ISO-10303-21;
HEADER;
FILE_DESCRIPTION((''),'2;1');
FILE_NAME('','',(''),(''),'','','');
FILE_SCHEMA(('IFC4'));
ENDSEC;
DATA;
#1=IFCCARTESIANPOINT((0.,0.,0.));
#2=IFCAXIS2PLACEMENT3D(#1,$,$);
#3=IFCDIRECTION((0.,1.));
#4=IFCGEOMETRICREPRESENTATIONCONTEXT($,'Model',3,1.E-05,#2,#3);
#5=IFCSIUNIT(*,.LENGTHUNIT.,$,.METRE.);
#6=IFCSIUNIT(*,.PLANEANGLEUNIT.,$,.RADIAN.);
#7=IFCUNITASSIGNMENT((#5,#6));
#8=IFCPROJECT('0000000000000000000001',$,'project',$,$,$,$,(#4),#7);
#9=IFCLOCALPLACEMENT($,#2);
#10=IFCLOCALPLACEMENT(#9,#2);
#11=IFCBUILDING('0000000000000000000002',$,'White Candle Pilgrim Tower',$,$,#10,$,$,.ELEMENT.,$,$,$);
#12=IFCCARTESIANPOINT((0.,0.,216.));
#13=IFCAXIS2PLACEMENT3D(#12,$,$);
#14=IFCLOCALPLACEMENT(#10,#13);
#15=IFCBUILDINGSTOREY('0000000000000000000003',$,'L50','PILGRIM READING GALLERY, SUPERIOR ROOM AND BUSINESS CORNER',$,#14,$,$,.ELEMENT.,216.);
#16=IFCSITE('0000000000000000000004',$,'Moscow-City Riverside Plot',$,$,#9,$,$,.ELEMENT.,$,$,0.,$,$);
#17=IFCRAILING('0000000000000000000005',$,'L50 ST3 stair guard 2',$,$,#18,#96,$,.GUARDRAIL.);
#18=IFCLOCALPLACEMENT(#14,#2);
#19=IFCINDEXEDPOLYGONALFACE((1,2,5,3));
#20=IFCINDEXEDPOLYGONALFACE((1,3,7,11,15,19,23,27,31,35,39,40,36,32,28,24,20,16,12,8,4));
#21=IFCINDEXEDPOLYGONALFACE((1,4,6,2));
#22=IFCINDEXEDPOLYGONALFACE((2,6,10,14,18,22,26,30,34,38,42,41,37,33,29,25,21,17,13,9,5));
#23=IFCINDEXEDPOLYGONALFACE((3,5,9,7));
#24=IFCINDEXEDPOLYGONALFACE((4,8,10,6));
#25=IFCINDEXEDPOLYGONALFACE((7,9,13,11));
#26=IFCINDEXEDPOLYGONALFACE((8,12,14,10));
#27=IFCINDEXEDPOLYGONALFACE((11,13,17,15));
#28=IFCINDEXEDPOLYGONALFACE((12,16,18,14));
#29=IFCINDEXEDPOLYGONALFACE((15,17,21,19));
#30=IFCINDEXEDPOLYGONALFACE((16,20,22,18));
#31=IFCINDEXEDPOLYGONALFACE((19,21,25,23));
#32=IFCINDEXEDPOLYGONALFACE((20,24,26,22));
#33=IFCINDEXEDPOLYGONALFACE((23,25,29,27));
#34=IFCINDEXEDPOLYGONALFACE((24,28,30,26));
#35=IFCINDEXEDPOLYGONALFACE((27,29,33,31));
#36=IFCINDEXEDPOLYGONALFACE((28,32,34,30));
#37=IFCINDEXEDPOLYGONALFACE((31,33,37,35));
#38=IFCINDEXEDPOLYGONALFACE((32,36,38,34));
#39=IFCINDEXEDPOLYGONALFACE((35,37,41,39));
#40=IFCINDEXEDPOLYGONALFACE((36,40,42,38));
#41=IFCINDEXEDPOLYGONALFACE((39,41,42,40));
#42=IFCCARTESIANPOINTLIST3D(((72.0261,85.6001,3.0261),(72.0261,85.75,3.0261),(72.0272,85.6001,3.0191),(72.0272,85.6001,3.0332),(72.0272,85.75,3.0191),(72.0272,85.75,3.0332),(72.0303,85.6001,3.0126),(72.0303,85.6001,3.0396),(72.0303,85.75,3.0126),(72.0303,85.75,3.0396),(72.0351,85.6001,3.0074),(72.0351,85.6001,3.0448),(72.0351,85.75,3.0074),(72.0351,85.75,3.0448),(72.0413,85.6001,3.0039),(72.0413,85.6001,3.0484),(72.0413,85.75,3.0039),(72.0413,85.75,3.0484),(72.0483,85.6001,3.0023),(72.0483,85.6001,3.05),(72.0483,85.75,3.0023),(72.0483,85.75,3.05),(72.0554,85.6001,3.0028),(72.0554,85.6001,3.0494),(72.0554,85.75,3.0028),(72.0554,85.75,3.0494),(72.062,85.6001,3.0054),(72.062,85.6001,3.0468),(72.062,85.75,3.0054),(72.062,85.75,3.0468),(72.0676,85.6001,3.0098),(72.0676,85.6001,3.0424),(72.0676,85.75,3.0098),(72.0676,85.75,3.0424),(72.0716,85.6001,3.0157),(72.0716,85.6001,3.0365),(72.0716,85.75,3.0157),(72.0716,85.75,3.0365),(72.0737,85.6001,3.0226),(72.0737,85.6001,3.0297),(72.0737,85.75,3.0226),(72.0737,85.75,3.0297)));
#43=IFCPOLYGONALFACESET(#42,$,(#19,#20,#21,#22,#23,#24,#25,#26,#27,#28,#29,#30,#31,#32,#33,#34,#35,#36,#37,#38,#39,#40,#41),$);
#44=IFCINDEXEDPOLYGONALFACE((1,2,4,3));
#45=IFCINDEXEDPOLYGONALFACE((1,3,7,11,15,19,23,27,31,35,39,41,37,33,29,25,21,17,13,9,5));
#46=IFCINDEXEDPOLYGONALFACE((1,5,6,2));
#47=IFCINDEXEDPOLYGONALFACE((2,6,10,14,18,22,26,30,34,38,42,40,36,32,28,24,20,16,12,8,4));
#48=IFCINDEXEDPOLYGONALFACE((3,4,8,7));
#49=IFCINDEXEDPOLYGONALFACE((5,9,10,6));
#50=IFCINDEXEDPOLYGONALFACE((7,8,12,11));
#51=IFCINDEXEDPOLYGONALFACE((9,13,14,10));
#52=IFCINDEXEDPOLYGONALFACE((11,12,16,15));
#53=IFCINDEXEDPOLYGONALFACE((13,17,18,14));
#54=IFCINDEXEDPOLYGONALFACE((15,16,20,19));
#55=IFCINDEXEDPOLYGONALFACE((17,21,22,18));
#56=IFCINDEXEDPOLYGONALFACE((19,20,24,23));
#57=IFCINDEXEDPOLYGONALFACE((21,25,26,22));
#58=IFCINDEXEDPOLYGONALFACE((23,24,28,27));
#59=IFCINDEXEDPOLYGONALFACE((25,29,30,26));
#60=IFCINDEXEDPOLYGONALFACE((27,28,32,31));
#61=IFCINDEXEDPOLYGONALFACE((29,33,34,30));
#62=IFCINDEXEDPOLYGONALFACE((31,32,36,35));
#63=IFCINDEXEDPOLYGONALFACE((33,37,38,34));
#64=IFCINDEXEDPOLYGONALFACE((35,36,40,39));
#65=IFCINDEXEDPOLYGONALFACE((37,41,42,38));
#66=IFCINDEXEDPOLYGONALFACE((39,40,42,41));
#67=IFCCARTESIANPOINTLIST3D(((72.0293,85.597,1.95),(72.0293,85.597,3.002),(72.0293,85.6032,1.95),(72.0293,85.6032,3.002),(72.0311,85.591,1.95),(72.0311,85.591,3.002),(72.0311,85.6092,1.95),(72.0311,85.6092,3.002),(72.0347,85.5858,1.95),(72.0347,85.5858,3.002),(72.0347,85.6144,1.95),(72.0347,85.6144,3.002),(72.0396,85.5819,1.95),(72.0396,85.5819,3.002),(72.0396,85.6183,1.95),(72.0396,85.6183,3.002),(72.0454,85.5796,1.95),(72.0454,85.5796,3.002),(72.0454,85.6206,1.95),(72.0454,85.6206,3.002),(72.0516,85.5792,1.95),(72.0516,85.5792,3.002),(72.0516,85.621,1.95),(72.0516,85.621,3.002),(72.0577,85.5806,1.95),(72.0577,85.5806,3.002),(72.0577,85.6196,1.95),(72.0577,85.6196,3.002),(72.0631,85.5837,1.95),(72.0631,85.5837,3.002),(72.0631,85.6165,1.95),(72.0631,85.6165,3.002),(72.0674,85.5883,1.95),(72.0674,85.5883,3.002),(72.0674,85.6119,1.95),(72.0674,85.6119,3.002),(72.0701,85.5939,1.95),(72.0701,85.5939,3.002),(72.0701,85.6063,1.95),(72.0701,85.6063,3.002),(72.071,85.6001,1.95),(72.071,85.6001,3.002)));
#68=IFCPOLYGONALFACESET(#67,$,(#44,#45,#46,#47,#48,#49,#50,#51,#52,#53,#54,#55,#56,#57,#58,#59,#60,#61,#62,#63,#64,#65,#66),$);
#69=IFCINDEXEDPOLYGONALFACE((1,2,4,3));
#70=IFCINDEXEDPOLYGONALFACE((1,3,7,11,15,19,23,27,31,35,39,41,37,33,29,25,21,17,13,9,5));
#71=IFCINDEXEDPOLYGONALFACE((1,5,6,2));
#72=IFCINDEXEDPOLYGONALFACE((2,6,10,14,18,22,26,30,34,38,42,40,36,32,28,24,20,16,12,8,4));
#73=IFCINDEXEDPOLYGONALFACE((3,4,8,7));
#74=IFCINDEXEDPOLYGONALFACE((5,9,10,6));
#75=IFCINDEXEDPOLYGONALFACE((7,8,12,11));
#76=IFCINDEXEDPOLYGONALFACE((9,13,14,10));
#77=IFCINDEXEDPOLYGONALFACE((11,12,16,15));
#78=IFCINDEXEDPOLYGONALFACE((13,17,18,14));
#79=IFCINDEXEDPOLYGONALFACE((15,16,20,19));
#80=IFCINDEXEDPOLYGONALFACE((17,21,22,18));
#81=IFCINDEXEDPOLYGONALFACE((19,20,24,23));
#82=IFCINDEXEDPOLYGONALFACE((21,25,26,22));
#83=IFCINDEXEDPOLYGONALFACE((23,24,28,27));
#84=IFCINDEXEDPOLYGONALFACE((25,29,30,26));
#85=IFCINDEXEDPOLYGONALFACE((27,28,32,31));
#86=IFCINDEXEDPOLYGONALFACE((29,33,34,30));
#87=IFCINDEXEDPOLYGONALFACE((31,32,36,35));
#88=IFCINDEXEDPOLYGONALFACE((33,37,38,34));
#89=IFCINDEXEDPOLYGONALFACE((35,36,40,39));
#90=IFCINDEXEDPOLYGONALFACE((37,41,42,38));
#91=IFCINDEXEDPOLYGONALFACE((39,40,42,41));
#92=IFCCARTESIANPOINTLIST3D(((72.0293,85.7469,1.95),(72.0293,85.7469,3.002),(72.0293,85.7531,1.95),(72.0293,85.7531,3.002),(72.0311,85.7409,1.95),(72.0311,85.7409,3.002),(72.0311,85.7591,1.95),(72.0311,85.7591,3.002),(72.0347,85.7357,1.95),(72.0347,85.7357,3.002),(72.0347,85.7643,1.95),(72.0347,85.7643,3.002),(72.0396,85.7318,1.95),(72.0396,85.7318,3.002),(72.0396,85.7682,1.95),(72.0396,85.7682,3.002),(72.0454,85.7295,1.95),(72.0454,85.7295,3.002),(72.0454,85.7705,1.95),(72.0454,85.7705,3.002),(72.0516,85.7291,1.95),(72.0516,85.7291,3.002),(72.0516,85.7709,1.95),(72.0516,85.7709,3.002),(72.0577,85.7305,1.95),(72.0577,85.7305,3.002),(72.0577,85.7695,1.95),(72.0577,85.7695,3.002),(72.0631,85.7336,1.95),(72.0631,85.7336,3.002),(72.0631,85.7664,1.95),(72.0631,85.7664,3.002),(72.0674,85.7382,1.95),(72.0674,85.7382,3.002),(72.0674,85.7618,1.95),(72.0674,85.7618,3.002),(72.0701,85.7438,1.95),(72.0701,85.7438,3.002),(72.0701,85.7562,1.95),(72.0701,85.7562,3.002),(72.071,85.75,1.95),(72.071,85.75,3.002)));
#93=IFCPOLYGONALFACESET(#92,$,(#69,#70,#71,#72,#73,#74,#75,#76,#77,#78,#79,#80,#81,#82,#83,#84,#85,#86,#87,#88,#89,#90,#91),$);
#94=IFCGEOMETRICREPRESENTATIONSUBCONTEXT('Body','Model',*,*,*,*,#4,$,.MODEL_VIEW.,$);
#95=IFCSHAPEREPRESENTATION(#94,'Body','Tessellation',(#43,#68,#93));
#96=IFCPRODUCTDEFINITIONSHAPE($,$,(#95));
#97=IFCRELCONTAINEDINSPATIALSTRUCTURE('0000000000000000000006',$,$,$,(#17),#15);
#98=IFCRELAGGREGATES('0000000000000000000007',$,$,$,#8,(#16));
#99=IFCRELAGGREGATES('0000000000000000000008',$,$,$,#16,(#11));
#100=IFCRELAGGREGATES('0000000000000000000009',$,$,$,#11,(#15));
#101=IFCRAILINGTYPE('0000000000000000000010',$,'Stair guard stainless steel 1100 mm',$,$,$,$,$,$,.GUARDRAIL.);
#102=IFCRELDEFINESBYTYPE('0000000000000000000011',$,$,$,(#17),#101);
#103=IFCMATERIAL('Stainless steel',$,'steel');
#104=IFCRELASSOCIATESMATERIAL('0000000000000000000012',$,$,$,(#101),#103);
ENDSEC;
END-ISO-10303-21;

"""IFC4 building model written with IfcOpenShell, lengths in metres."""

from ifc_helpers import new_model, si_unit, direction, frame, origin, origin_2d, place, context, subcontext, project, spatial, circle, extrude, material, type_object, element, save


model = new_model("IFC4")

# Units and contexts
model_context = context("Model", 3, precision=1e-05, world=origin(), true_north=direction((0.0, 1.0)))
body_context = subcontext(model_context, "Body", "Model", "MODEL_VIEW")
ifc_project = project(units=[si_unit("LENGTHUNIT", "METRE"), si_unit("PLANEANGLEUNIT", "RADIAN")], contexts=[model_context])

# Site, building, storey
site_placement = place(None, origin())
site = spatial("IfcSite", under=ifc_project, at=site_placement, Name="Moscow-City Riverside Plot", CompositionType="ELEMENT", RefElevation=0.0)
building_placement = place(site_placement, origin())
building = spatial("IfcBuilding", under=site, at=building_placement, Name="White Candle Pilgrim Tower", CompositionType="ELEMENT")
storey_placement = place(building_placement, frame((0.0, 0.0, 216.0)))
storey = spatial("IfcBuildingStorey", under=building, at=storey_placement, Name="L50", Description="PILGRIM READING GALLERY, SUPERIOR ROOM AND BUSINESS CORNER", CompositionType="ELEMENT", Elevation=216.0)

# Railing
ifc_material_1 = material(Name="Stainless steel", Category="steel")
railing_type_1 = type_object("IfcRailingType", Name="Stair guard stainless steel 1100 mm", PredefinedType="GUARDRAIL", material=ifc_material_1)
railing_1_placement = place(storey_placement, frame((72.05, 85.6001, 1.95)))
element("IfcRailing", 1, at=railing_1_placement, inside=storey, type_object=railing_type_1, Name="L50 ST3 stair guard 2", PredefinedType="GUARDRAIL", context=body_context, shape_type="SweptSolid", body=[
    extrude(circle(Radius=0.0239, at=origin_2d()), frame((0.0, 0.0, 1.0762), z_axis=(0.0, 1.0, 0.0), x_axis=(-1.0, 0.0, 0.0)), (0.0, 0.0, 1.0), 0.1499),
    extrude(circle(Radius=0.021, at=origin_2d()), origin(), (0.0, 0.0, 1.0), 1.052),
    extrude(circle(Radius=0.021, at=origin_2d()), frame((0.0, 0.1499, 0.0)), (0.0, 0.0, 1.0), 1.052),
])

save(model, "model.ifc")
